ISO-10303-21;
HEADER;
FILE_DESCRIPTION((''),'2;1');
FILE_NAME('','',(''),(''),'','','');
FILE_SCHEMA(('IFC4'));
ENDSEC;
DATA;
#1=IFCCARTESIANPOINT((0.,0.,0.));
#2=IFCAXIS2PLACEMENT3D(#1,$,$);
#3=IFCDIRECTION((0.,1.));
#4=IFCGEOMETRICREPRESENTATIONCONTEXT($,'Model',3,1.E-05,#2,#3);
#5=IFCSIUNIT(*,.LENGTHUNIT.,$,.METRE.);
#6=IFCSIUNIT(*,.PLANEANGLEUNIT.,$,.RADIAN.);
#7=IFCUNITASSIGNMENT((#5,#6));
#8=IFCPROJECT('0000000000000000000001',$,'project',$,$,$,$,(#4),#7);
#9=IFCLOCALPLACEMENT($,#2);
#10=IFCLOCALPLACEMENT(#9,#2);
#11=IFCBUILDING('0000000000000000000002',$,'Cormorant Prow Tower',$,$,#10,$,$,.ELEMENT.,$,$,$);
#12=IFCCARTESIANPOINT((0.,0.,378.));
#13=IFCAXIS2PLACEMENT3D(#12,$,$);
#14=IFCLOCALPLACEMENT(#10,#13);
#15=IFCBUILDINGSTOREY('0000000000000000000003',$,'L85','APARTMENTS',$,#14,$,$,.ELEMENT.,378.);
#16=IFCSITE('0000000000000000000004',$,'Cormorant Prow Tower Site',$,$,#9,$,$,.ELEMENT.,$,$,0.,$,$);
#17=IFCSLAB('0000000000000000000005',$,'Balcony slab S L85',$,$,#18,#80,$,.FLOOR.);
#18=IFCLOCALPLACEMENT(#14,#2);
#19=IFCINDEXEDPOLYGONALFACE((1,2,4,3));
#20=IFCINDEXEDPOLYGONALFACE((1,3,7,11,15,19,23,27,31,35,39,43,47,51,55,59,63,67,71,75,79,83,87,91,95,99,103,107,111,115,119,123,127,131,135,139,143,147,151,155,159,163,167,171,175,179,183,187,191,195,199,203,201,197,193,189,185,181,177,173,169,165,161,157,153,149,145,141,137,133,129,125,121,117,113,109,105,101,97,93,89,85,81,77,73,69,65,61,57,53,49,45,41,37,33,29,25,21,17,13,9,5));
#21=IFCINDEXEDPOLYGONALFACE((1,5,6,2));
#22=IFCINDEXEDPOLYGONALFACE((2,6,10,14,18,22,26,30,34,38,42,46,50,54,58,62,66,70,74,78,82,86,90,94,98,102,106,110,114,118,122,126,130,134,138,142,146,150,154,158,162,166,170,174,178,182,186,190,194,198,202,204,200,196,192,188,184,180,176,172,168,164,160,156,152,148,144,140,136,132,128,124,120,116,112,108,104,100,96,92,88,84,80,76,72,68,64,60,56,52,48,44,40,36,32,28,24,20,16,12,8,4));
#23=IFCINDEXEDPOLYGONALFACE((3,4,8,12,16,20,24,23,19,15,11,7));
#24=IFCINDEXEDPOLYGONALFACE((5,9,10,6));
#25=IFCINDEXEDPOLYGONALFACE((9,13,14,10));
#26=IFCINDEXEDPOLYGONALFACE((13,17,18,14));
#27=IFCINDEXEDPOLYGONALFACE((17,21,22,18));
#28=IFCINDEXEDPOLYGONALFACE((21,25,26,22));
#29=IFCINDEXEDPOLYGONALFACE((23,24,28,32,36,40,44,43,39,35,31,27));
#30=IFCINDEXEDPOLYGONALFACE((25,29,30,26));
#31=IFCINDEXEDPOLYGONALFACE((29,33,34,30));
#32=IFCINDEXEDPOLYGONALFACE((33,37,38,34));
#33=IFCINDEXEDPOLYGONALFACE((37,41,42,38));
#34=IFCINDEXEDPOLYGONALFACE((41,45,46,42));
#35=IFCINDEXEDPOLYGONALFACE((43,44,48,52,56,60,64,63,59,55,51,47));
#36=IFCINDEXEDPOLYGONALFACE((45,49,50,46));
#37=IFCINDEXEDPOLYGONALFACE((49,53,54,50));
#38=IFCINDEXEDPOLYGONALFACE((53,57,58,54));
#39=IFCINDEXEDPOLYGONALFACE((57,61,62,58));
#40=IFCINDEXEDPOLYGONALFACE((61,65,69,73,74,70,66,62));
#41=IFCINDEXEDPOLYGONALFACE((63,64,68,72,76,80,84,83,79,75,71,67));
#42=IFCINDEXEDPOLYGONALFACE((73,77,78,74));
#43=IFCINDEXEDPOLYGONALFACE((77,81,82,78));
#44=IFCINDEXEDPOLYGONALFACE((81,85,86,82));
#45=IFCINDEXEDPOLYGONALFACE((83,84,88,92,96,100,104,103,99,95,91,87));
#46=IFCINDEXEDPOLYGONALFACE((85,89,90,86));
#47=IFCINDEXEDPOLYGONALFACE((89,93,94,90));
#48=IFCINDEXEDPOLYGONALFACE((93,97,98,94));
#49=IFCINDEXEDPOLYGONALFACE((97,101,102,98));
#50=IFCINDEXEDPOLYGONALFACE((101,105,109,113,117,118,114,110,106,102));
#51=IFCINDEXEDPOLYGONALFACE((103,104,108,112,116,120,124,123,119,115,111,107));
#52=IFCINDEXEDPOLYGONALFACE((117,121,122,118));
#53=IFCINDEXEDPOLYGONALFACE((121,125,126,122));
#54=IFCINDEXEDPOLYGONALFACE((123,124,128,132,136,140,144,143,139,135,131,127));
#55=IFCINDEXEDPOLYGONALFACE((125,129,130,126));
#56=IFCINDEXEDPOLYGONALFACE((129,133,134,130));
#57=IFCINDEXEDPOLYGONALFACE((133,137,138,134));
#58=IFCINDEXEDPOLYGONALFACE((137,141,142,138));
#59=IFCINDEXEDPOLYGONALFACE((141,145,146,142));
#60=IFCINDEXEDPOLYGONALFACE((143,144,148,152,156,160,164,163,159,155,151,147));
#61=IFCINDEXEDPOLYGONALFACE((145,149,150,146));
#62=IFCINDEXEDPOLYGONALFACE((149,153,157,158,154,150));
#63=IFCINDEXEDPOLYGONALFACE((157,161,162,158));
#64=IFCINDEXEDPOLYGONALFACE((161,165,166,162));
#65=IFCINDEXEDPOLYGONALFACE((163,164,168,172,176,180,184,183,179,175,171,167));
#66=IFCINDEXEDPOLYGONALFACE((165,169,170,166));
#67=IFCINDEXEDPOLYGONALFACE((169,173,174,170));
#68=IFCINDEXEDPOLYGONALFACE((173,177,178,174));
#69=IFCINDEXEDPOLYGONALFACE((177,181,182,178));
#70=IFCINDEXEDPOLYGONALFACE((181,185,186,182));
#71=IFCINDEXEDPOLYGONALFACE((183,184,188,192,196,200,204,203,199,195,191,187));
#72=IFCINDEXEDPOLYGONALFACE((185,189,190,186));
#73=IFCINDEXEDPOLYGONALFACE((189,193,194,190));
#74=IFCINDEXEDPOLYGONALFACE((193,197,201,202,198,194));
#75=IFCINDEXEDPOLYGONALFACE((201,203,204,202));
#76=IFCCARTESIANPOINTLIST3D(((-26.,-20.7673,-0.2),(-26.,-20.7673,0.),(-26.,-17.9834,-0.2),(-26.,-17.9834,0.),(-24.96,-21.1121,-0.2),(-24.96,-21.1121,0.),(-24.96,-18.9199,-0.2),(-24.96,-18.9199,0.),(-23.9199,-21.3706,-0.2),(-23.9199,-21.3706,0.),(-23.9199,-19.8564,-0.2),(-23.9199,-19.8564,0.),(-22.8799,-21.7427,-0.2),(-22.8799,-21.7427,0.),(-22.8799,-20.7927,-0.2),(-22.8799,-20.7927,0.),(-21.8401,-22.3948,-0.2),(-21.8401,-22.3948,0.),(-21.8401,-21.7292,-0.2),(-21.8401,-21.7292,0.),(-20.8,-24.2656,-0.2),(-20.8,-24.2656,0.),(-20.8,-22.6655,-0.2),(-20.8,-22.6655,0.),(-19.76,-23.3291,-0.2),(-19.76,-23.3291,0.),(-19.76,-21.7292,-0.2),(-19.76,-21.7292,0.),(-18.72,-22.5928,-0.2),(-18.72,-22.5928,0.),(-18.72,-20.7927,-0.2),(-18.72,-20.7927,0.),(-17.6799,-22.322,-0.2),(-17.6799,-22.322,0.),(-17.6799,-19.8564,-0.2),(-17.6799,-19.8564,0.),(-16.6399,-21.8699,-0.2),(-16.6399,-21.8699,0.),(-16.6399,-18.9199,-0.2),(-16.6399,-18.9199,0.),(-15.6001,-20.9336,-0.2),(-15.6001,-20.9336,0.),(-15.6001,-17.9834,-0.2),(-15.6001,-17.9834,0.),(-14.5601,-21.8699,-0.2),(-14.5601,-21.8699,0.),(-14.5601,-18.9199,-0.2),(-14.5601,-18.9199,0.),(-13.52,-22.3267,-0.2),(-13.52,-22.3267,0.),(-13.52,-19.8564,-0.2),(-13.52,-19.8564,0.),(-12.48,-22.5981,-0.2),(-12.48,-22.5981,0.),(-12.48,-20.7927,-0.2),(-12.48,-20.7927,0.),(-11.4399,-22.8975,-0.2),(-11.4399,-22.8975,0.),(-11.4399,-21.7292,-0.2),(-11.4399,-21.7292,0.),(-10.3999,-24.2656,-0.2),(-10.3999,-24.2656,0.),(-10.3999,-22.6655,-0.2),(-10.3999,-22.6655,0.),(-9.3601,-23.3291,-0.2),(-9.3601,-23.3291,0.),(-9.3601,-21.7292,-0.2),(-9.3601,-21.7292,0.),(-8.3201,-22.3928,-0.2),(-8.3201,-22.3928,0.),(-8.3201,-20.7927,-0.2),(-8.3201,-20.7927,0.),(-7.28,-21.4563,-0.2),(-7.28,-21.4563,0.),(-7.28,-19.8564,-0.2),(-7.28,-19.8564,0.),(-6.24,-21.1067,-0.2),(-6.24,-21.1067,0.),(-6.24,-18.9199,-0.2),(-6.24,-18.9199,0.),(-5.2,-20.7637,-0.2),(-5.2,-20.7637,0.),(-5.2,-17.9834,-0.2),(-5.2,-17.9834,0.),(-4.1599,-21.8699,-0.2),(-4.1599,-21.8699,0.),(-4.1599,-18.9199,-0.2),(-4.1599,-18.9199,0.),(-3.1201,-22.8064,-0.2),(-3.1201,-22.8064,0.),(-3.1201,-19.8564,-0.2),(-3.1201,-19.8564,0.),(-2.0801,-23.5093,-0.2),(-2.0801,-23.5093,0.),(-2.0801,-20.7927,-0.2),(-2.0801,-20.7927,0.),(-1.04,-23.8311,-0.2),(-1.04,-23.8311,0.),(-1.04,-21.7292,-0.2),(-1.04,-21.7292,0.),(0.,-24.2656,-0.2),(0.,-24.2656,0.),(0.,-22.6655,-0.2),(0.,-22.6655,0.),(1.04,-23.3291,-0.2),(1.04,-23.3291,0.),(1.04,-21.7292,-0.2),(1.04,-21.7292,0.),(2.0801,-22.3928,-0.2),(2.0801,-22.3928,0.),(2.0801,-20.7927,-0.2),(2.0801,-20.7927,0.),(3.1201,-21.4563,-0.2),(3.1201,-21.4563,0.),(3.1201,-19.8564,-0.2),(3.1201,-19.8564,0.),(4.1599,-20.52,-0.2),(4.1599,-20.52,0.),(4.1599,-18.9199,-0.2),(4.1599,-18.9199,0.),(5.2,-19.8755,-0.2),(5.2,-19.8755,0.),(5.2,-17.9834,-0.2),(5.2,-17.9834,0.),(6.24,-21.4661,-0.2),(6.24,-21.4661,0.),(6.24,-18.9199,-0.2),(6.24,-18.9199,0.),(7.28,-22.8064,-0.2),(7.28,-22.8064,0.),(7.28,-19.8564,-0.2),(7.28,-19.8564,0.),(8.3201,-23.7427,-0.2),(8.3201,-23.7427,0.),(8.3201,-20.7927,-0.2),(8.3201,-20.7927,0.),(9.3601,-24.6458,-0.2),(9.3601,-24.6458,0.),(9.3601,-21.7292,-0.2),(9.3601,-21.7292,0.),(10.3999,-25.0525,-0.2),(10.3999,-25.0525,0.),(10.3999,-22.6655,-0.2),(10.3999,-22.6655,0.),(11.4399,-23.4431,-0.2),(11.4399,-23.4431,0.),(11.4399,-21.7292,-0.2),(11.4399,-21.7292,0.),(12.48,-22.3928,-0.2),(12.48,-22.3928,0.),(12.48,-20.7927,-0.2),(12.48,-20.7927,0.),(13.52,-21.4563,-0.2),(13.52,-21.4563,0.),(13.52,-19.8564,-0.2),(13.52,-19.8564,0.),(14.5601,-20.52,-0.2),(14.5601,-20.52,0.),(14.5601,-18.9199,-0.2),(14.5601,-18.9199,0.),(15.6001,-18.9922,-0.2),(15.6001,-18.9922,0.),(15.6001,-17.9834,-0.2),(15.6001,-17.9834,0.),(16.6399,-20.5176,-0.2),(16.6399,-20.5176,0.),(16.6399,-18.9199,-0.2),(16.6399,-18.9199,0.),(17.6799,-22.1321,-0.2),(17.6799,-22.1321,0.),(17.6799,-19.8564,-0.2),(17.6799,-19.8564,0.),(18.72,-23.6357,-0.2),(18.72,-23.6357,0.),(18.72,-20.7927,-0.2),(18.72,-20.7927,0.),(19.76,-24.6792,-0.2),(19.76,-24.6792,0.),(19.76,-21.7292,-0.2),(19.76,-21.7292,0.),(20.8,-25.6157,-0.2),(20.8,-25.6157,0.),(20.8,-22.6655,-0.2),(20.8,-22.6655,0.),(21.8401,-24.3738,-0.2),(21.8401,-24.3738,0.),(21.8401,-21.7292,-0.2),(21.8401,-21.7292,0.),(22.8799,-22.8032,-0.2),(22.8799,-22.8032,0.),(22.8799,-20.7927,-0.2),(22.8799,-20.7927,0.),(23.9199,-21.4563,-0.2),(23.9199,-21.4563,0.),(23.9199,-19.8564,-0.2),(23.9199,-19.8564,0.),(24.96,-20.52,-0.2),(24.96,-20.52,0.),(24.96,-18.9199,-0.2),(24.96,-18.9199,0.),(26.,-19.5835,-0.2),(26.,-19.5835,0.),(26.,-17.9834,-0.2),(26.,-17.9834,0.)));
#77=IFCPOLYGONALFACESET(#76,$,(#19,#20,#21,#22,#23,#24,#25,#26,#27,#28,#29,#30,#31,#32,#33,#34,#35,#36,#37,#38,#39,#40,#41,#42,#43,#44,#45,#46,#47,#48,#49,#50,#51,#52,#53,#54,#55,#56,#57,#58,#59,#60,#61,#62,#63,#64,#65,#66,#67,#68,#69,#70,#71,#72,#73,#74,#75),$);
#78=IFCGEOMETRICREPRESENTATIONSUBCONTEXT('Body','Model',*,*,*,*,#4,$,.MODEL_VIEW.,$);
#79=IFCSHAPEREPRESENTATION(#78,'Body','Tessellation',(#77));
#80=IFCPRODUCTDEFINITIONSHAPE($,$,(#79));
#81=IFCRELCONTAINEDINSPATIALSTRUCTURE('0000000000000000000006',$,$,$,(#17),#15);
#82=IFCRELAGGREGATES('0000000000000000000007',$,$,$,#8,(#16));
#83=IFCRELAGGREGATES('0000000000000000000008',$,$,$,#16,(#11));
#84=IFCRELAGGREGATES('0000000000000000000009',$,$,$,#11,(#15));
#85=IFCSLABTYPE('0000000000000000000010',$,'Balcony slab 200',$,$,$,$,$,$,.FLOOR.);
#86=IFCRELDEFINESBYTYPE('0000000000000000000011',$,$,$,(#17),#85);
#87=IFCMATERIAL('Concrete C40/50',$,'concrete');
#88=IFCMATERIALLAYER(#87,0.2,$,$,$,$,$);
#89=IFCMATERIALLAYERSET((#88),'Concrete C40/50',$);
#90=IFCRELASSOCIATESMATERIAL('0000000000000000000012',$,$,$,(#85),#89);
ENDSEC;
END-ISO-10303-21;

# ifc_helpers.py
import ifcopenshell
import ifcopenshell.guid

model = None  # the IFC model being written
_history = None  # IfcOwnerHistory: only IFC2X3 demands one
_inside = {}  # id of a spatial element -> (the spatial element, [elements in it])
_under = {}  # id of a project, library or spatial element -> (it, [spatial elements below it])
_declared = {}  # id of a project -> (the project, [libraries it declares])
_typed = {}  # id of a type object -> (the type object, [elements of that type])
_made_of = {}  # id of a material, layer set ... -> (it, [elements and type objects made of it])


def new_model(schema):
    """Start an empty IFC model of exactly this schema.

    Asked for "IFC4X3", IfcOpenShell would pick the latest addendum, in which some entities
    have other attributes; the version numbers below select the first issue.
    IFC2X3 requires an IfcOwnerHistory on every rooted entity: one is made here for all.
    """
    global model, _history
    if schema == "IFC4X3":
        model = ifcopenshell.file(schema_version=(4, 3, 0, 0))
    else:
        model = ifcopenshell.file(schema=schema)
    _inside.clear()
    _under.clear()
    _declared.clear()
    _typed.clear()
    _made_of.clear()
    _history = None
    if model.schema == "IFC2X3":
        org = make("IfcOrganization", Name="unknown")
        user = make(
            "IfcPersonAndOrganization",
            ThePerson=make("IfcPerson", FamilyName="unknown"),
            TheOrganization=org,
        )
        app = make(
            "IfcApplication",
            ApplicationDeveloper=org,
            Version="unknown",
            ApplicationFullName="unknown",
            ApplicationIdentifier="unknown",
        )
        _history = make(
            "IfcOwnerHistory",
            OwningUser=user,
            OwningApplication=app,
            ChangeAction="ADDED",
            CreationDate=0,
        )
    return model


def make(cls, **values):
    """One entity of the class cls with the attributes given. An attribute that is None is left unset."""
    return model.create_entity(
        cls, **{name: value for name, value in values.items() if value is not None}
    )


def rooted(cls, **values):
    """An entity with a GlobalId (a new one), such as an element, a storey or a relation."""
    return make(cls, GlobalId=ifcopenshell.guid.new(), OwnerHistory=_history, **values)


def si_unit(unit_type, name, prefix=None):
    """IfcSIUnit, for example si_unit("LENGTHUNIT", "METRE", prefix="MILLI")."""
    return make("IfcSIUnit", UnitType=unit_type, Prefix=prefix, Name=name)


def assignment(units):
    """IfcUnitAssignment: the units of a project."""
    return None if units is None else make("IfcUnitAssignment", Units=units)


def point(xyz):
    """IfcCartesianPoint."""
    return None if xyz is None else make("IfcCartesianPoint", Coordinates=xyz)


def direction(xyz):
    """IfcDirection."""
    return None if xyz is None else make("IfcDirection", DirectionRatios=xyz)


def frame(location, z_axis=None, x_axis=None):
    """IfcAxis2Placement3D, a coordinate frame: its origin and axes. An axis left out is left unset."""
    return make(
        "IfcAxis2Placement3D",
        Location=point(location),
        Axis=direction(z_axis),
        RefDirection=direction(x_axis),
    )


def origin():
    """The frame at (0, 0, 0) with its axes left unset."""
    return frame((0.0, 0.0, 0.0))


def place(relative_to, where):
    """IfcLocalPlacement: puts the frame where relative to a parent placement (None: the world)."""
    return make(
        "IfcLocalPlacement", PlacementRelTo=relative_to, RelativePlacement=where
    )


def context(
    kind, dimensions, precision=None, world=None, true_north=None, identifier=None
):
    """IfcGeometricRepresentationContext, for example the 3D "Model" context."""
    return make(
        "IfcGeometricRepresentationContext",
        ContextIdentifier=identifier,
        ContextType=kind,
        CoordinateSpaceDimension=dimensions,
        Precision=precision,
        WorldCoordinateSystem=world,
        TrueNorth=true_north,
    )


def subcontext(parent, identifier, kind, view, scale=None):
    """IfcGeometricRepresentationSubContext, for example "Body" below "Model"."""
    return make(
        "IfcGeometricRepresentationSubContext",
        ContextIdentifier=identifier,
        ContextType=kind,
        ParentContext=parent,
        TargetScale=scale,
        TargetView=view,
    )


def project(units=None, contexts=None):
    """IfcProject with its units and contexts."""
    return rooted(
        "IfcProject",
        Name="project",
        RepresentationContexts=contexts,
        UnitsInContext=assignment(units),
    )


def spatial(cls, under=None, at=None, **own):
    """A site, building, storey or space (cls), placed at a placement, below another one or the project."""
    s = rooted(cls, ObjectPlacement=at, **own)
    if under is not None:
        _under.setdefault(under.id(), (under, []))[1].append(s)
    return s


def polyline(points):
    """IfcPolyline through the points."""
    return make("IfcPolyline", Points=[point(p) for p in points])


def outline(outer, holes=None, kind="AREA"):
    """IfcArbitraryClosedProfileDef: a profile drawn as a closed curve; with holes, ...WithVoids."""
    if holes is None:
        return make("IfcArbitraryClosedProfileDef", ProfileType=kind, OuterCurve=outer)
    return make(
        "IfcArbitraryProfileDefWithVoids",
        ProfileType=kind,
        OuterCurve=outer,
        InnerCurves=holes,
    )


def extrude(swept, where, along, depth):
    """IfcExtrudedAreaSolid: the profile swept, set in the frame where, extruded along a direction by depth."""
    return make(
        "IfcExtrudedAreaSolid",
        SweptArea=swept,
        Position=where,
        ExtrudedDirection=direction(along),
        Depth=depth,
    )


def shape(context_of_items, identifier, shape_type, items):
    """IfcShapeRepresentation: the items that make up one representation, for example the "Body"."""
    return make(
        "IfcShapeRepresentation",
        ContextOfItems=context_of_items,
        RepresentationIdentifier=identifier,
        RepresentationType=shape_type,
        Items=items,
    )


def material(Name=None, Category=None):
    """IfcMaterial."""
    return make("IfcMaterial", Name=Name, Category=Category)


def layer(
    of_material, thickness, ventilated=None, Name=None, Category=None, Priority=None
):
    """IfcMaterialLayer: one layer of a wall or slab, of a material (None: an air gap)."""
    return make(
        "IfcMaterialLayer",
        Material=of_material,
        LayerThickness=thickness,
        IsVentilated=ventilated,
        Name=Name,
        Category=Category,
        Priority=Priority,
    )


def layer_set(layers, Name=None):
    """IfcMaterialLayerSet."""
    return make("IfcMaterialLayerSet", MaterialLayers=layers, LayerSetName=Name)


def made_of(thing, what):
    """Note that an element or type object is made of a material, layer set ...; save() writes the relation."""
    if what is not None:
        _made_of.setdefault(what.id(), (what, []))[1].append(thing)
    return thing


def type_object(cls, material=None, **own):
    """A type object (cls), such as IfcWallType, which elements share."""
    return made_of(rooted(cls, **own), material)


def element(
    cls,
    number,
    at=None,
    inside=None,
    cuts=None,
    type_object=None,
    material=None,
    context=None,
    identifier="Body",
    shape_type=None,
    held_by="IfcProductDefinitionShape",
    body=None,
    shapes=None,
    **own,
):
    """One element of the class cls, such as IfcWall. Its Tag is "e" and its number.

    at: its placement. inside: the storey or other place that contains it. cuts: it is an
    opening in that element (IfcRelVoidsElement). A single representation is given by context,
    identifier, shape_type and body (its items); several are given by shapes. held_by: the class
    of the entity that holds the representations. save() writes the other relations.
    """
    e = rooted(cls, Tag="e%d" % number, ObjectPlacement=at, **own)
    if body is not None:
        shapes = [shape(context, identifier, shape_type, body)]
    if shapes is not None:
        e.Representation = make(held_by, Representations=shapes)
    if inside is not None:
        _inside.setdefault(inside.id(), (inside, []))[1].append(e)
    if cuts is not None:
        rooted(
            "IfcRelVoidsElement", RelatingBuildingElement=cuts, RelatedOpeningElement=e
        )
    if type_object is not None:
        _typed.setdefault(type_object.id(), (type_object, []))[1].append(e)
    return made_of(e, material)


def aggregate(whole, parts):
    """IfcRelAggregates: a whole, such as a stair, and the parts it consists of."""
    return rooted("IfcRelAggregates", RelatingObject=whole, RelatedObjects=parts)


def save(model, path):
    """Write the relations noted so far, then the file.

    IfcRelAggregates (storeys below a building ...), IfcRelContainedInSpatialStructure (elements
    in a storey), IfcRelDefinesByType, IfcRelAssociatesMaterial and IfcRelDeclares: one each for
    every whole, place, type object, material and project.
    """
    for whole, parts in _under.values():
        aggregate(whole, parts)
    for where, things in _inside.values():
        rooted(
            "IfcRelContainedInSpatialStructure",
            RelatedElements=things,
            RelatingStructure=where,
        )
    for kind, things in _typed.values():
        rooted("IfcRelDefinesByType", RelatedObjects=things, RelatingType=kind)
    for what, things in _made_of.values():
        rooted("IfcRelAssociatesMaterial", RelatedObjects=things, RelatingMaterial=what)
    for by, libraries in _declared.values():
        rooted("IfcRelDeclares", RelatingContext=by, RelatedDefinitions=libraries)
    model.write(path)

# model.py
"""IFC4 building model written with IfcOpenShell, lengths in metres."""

from ifc_helpers import new_model, si_unit, direction, frame, origin, place, context, subcontext, project, spatial, polyline, outline, extrude, material, layer, layer_set, type_object, element, save


model = new_model("IFC4")

# Units and contexts
model_context = context("Model", 3, precision=1e-05, world=origin(), true_north=direction((0.0, 1.0)))
body_context = subcontext(model_context, "Body", "Model", "MODEL_VIEW")
ifc_project = project(units=[si_unit("LENGTHUNIT", "METRE"), si_unit("PLANEANGLEUNIT", "RADIAN")], contexts=[model_context])

# Site, building, storey
site_placement = place(None, origin())
site = spatial("IfcSite", under=ifc_project, at=site_placement, Name="Cormorant Prow Tower Site", CompositionType="ELEMENT", RefElevation=0.0)
building_placement = place(site_placement, origin())
building = spatial("IfcBuilding", under=site, at=building_placement, Name="Cormorant Prow Tower", CompositionType="ELEMENT")
storey_placement = place(building_placement, frame((0.0, 0.0, 378.0)))
storey = spatial("IfcBuildingStorey", under=building, at=storey_placement, Name="L85", Description="APARTMENTS", CompositionType="ELEMENT", Elevation=378.0)

# Slab
ifc_material_1 = material(Name="Concrete C40/50", Category="concrete")
ifc_layer_1 = layer(ifc_material_1, 0.2)
ifc_layer_set_1 = layer_set([ifc_layer_1], Name="Concrete C40/50")
slab_type_1 = type_object("IfcSlabType", Name="Balcony slab 200", PredefinedType="FLOOR", material=ifc_layer_set_1)
slab_1_placement = place(storey_placement, frame((0.0, 0.0, -0.2)))
element("IfcSlab", 1, at=slab_1_placement, inside=storey, type_object=slab_type_1, Name="Balcony slab S L85", PredefinedType="FLOOR", context=body_context, shape_type="SweptSolid", body=[
    extrude(outline(polyline([(-26.0, -17.9834), (-26.0, -20.7673), (-24.96, -21.1121), (-23.9199, -21.3706), (-22.8799, -21.7427), (-21.8401, -22.3948), (-20.8, -24.2656), (-19.76, -23.3291), (-18.72, -22.5928), (-17.6799, -22.322), (-16.6399, -21.8699), (-15.6001, -20.9336), (-14.5601, -21.8699), (-13.52, -22.3267), (-12.48, -22.5981), (-11.4399, -22.8975), (-10.3999, -24.2656), (-9.3601, -23.3291), (-8.3201, -22.3928), (-7.28, -21.4563), (-6.24, -21.1067), (-5.2, -20.7637), (-4.1599, -21.8699), (-3.1201, -22.8064), (-2.0801, -23.5093), (-1.04, -23.8311), (0.0, -24.2656), (1.04, -23.3291), (2.0801, -22.3928), (3.1201, -21.4563), (4.1599, -20.52), (5.2, -19.8755), (6.24, -21.4661), (7.28, -22.8064), (8.3201, -23.7427), (9.3601, -24.6458), (10.3999, -25.0525), (11.4399, -23.4431), (12.48, -22.3928), (13.52, -21.4563), (14.5601, -20.52), (15.6001, -18.9922), (16.6399, -20.5176), (17.6799, -22.1321), (18.72, -23.6357), (19.76, -24.6792), (20.8, -25.6157), (21.8401, -24.3738), (22.8799, -22.8032), (23.9199, -21.4563), (24.96, -20.52), (26.0, -19.5835), (26.0, -17.9834), (24.96, -18.9199), (23.9199, -19.8564), (22.8799, -20.7927), (21.8401, -21.7292), (20.8, -22.6655), (19.76, -21.7292), (18.72, -20.7927), (17.6799, -19.8564), (16.6399, -18.9199), (15.6001, -17.9834), (14.5601, -18.9199), (13.52, -19.8564), (12.48, -20.7927), (11.4399, -21.7292), (10.3999, -22.6655), (9.3601, -21.7292), (8.3201, -20.7927), (7.28, -19.8564), (6.24, -18.9199), (5.2, -17.9834), (4.1599, -18.9199), (3.1201, -19.8564), (2.0801, -20.7927), (1.04, -21.7292), (0.0, -22.6655), (-1.04, -21.7292), (-2.0801, -20.7927), (-3.1201, -19.8564), (-4.1599, -18.9199), (-5.2, -17.9834), (-6.24, -18.9199), (-7.28, -19.8564), (-8.3201, -20.7927), (-9.3601, -21.7292), (-10.3999, -22.6655), (-11.4399, -21.7292), (-12.48, -20.7927), (-13.52, -19.8564), (-14.5601, -18.9199), (-15.6001, -17.9834), (-16.6399, -18.9199), (-17.6799, -19.8564), (-18.72, -20.7927), (-19.76, -21.7292), (-20.8, -22.6655), (-21.8401, -21.7292), (-22.8799, -20.7927), (-23.9199, -19.8564), (-24.96, -18.9199), (-26.0, -17.9834)])), origin(), (0.0, 0.0, 1.0), 0.2),
])

save(model, "model.ifc")
